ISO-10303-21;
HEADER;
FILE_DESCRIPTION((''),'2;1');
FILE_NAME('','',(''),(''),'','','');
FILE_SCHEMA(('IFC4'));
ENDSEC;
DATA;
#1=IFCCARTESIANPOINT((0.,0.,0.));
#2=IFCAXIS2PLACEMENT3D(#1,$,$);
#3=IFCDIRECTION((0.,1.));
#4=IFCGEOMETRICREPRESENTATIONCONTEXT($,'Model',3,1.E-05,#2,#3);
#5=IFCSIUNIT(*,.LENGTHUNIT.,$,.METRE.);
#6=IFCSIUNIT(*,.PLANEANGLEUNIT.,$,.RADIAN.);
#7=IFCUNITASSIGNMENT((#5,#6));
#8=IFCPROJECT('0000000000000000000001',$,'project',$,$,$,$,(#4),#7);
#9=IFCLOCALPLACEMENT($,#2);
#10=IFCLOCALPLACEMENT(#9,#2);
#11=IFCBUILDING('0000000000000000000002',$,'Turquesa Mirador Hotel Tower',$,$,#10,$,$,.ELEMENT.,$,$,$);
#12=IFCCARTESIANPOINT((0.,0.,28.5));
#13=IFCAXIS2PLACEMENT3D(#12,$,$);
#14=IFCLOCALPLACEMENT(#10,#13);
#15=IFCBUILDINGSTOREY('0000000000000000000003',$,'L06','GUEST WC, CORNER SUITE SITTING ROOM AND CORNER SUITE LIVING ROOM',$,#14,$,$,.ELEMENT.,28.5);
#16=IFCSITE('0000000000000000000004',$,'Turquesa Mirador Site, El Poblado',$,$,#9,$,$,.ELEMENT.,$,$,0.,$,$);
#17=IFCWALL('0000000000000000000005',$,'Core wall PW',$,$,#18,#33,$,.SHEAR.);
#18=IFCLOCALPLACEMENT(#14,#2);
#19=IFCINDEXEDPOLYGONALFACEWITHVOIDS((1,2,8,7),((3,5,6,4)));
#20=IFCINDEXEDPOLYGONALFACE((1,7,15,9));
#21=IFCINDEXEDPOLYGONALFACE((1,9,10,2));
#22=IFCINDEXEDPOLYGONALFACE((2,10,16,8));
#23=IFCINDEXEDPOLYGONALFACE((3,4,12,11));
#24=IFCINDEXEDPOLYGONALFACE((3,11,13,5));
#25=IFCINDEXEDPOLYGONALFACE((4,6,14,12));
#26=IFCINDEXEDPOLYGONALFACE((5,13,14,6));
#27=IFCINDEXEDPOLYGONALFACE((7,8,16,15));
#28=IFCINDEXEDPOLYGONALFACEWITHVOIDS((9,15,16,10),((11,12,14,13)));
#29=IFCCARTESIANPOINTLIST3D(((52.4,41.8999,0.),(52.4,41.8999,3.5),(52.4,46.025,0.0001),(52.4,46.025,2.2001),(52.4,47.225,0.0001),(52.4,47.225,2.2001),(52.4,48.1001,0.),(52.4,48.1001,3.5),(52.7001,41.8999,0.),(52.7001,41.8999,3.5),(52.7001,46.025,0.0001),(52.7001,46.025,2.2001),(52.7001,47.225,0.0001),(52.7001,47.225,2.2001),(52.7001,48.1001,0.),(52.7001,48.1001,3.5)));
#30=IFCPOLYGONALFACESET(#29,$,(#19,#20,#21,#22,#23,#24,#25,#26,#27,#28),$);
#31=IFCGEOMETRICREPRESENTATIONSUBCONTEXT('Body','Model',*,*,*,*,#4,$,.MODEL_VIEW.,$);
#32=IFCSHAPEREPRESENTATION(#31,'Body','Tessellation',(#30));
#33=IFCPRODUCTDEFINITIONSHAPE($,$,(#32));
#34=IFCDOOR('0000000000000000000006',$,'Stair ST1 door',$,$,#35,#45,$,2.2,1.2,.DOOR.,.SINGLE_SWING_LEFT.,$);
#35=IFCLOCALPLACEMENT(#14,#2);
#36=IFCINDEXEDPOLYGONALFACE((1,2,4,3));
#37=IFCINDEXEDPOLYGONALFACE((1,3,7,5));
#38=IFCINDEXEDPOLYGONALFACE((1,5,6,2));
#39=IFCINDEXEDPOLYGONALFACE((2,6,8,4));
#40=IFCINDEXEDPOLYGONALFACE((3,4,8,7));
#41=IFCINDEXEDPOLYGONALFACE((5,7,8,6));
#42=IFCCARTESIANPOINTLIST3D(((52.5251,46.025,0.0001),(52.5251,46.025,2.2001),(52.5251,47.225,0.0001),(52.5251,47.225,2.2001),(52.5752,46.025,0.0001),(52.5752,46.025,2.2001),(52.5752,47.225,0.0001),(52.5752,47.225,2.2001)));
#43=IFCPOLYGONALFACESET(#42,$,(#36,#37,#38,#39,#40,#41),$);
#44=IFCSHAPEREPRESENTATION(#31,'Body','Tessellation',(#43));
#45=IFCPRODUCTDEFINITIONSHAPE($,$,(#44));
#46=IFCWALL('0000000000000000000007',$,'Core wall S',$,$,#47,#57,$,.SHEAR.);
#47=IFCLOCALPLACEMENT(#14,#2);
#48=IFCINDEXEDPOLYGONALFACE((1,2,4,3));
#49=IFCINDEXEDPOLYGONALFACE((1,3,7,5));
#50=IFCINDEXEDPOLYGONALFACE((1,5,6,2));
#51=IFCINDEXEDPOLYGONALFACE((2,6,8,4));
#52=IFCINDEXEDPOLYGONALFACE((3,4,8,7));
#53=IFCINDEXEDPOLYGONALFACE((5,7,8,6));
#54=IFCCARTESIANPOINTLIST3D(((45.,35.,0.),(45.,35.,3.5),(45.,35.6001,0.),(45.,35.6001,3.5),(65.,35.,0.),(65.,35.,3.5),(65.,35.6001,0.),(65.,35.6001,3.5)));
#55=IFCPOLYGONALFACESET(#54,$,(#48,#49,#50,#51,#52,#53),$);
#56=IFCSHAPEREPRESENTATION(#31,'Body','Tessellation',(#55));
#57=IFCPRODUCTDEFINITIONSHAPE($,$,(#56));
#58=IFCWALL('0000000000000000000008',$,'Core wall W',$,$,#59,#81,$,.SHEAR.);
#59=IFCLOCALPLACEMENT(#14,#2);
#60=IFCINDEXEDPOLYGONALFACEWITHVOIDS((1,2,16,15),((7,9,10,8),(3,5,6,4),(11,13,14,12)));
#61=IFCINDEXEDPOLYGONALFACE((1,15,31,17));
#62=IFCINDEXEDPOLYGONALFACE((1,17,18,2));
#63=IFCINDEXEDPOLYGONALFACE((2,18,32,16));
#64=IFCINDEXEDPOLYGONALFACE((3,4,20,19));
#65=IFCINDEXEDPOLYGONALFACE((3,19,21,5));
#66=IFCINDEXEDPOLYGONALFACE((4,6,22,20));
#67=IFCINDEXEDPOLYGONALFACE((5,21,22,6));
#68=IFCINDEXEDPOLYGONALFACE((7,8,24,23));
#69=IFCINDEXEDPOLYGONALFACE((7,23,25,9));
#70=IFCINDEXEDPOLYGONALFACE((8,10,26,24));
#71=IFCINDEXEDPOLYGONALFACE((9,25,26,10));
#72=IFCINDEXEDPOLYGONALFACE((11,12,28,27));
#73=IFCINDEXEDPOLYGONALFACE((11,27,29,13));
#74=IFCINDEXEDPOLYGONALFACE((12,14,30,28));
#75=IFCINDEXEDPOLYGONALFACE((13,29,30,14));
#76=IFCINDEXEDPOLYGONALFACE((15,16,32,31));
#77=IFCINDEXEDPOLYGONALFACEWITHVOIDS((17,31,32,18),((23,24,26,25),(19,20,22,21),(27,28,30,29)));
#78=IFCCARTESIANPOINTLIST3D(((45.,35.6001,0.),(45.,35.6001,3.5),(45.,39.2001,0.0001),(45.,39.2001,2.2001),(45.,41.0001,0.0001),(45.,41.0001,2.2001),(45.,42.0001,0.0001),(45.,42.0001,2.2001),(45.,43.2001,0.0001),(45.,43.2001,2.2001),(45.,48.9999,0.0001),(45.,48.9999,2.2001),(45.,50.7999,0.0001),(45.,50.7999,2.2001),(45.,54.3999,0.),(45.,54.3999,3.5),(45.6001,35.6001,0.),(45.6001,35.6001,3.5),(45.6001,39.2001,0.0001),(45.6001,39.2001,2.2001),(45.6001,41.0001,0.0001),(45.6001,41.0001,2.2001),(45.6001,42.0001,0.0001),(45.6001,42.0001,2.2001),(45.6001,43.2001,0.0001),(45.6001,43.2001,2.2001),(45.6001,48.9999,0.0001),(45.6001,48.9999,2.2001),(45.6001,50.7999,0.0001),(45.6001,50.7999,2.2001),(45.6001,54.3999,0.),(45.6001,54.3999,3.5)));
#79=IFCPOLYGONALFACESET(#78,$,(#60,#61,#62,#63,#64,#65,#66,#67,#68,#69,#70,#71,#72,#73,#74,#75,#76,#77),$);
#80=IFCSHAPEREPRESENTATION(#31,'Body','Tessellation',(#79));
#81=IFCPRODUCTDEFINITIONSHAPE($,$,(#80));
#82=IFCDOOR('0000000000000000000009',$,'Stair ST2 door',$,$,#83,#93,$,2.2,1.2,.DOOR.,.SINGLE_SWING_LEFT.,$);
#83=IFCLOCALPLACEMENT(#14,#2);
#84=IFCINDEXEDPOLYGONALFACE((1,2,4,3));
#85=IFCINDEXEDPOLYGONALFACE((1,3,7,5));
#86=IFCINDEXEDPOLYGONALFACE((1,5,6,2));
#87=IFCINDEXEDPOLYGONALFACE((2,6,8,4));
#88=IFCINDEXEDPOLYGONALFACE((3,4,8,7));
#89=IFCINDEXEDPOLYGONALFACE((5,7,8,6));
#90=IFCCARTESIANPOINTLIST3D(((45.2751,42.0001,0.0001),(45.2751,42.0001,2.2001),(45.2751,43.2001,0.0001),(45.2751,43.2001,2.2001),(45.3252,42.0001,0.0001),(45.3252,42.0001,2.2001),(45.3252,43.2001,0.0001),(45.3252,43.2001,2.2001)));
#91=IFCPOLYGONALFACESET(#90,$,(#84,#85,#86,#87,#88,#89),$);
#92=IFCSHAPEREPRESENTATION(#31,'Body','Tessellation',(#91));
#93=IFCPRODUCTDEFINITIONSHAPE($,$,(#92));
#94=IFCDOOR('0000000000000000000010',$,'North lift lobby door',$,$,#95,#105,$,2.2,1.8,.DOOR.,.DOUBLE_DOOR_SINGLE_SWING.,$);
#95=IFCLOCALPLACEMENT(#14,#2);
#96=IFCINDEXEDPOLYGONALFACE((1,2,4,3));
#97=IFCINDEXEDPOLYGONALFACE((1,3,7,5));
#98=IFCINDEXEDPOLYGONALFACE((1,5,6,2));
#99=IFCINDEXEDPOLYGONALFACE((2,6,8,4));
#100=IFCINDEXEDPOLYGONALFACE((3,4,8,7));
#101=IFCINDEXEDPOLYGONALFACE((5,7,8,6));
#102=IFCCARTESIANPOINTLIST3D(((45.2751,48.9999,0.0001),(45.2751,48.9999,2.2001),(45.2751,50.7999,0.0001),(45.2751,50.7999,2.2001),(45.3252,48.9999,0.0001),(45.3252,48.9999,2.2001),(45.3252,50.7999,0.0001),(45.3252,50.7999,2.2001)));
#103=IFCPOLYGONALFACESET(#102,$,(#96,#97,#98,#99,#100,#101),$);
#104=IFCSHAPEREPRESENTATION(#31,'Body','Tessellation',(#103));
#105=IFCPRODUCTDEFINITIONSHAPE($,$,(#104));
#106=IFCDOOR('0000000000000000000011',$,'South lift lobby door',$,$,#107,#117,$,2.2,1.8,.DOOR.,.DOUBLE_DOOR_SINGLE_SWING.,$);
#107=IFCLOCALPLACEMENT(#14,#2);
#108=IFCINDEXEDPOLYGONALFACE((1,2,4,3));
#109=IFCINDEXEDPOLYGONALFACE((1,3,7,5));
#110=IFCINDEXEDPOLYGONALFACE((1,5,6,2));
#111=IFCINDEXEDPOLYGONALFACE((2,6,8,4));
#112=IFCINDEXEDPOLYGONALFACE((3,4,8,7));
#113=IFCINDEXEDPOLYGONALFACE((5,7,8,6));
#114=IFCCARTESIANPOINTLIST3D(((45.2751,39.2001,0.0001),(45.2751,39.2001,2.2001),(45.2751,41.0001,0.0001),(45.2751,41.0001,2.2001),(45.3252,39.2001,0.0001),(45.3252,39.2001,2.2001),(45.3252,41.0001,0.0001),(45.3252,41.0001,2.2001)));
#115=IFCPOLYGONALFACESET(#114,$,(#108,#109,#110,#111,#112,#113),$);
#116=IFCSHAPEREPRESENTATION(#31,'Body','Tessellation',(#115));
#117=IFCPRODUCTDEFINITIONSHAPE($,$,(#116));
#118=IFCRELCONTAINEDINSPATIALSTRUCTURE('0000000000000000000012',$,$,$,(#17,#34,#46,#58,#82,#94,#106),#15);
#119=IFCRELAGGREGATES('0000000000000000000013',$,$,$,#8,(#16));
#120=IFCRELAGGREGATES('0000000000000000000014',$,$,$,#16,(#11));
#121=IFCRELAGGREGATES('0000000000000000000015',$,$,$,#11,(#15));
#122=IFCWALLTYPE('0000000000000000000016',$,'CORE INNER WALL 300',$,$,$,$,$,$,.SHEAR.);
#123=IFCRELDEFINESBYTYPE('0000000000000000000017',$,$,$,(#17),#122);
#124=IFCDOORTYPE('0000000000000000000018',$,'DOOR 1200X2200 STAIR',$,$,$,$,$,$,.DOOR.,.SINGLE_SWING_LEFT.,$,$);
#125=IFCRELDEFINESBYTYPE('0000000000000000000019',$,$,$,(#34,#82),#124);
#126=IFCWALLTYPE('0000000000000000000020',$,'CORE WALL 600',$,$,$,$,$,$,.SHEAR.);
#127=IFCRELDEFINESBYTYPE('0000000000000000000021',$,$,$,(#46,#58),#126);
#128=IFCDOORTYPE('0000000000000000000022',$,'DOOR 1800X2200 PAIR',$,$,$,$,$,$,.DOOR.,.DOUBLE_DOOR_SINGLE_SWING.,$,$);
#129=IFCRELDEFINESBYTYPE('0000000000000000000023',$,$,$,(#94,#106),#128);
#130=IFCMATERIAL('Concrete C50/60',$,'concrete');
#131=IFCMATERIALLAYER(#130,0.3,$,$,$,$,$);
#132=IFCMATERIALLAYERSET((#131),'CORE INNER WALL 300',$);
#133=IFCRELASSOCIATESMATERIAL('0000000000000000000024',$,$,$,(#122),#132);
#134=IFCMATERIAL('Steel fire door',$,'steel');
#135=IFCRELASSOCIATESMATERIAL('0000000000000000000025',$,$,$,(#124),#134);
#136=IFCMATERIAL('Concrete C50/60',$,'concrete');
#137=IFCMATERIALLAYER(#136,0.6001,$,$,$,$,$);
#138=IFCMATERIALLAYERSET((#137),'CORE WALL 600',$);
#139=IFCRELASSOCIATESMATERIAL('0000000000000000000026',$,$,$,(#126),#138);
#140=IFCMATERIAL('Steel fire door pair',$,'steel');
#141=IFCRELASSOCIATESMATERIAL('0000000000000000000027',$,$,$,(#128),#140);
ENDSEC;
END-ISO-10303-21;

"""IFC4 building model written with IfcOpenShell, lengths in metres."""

from ifc_helpers import new_model, si_unit, direction, frame, frame_2d, origin, place, context, subcontext, project, spatial, rectangle, extrude, material, layer, layer_set, type_object, element, fill, save


model = new_model("IFC4")

# Units and contexts
model_context = context("Model", 3, precision=1e-05, world=origin(), true_north=direction((0.0, 1.0)))
body_context = subcontext(model_context, "Body", "Model", "MODEL_VIEW")
ifc_project = project(units=[si_unit("LENGTHUNIT", "METRE"), si_unit("PLANEANGLEUNIT", "RADIAN")], contexts=[model_context])

# Site, building, storey
site_placement = place(None, origin())
site = spatial("IfcSite", under=ifc_project, at=site_placement, Name="Turquesa Mirador Site, El Poblado", CompositionType="ELEMENT", RefElevation=0.0)
building_placement = place(site_placement, origin())
building = spatial("IfcBuilding", under=site, at=building_placement, Name="Turquesa Mirador Hotel Tower", CompositionType="ELEMENT")
storey_placement = place(building_placement, frame((0.0, 0.0, 28.5)))
storey = spatial("IfcBuildingStorey", under=building, at=storey_placement, Name="L06", Description="GUEST WC, CORNER SUITE SITTING ROOM AND CORNER SUITE LIVING ROOM", CompositionType="ELEMENT", Elevation=28.5)

# Shared definitions
ifc_material_1 = material(Name="Concrete C50/60", Category="concrete")
ifc_layer_1 = layer(ifc_material_1, 0.3)
ifc_layer_set_1 = layer_set([ifc_layer_1], Name="CORE INNER WALL 300")
wall_type_1 = type_object("IfcWallType", Name="CORE INNER WALL 300", PredefinedType="SHEAR", material=ifc_layer_set_1)

# Wall, opening, door
wall_1_placement = place(storey_placement, frame((52.55, 41.8999, 0.0), z_axis=(0.0, 0.0, 1.0), x_axis=(0.0, 1.0, 0.0)))
wall_1 = element("IfcWall", 1, at=wall_1_placement, inside=storey, type_object=wall_type_1, Name="Core wall PW", PredefinedType="SHEAR", context=body_context, shape_type="SweptSolid", body=[
    extrude(rectangle(XDim=6.2002, YDim=0.3, at=frame_2d((3.1001, 0.0))), origin(), (0.0, 0.0, 1.0), 3.5),
])
opening_1_placement = place(wall_1_placement, frame((4.125, 0.0, 0.0)))
opening_1 = element("IfcOpeningElement", 2, at=opening_1_placement, cuts=wall_1, PredefinedType="OPENING", context=body_context, shape_type="SweptSolid", body=[
    extrude(rectangle(XDim=1.2, YDim=2.2, at=frame_2d((0.6001, 1.1001))), frame((0.0, 0.1599, 0.0), z_axis=(0.0, -1.0, 0.0), x_axis=(1.0, 0.0, 0.0)), (0.0, 0.0, 1.0), 0.3201),
])
ifc_material_2 = material(Name="Steel fire door", Category="steel")
door_type_1 = type_object("IfcDoorType", Name="DOOR 1200X2200 STAIR", OperationType="SINGLE_SWING_LEFT", PredefinedType="DOOR", material=ifc_material_2)
door_1_placement = place(opening_1_placement, origin())
door_1 = element("IfcDoor", 3, at=door_1_placement, inside=storey, type_object=door_type_1, Name="Stair ST1 door", OperationType="SINGLE_SWING_LEFT", OverallHeight=2.2, OverallWidth=1.2, PredefinedType="DOOR", context=body_context, shape_type="SweptSolid", body=[
    extrude(rectangle(XDim=1.2, YDim=2.2, at=frame_2d((0.6001, 1.1001))), frame((0.0, 0.0249, 0.0), z_axis=(0.0, -1.0, 0.0), x_axis=(1.0, 0.0, 0.0)), (0.0, 0.0, 1.0), 0.05),
])
fill(opening_1, door_1)

# Wall
ifc_material_3 = material(Name="Concrete C50/60", Category="concrete")
ifc_layer_2 = layer(ifc_material_3, 0.6001)
ifc_layer_set_2 = layer_set([ifc_layer_2], Name="CORE WALL 600")
wall_type_2 = type_object("IfcWallType", Name="CORE WALL 600", PredefinedType="SHEAR", material=ifc_layer_set_2)
wall_2_placement = place(storey_placement, frame((45.0, 35.3, 0.0), z_axis=(0.0, 0.0, 1.0), x_axis=(1.0, 0.0, 0.0)))
element("IfcWall", 4, at=wall_2_placement, inside=storey, type_object=wall_type_2, Name="Core wall S", PredefinedType="SHEAR", context=body_context, shape_type="SweptSolid", body=[
    extrude(rectangle(XDim=20.0, YDim=0.6001, at=frame_2d((10.0, 0.0))), origin(), (0.0, 0.0, 1.0), 3.5),
])

# Wall, openings, doors
wall_3_placement = place(storey_placement, frame((45.3, 35.6001, 0.0), z_axis=(0.0, 0.0, 1.0), x_axis=(0.0, 1.0, 0.0)))
wall_3 = element("IfcWall", 5, at=wall_3_placement, inside=storey, type_object=wall_type_2, Name="Core wall W", PredefinedType="SHEAR", context=body_context, shape_type="SweptSolid", body=[
    extrude(rectangle(XDim=18.7998, YDim=0.6001, at=frame_2d((9.3999, 0.0))), origin(), (0.0, 0.0, 1.0), 3.5),
])
opening_2_placement = place(wall_3_placement, frame((13.3999, 0.0, 0.0)))
opening_2 = element("IfcOpeningElement", 6, at=opening_2_placement, cuts=wall_3, PredefinedType="OPENING", context=body_context, shape_type="SweptSolid", body=[
    extrude(rectangle(XDim=1.8, YDim=2.2, at=frame_2d((0.8999, 1.1001))), frame((0.0, 0.3101, 0.0), z_axis=(0.0, -1.0, 0.0), x_axis=(1.0, 0.0, 0.0)), (0.0, 0.0, 1.0), 0.6201),
])
opening_3_placement = place(wall_3_placement, frame((3.6001, 0.0, 0.0)))
opening_3 = element("IfcOpeningElement", 7, at=opening_3_placement, cuts=wall_3, PredefinedType="OPENING", context=body_context, shape_type="SweptSolid", body=[
    extrude(rectangle(XDim=1.8, YDim=2.2, at=frame_2d((0.8999, 1.1001))), frame((0.0, 0.3101, 0.0), z_axis=(0.0, -1.0, 0.0), x_axis=(1.0, 0.0, 0.0)), (0.0, 0.0, 1.0), 0.6201),
])
opening_4_placement = place(wall_3_placement, frame((6.3999, 0.0, 0.0)))
opening_4 = element("IfcOpeningElement", 8, at=opening_4_placement, cuts=wall_3, PredefinedType="OPENING", context=body_context, shape_type="SweptSolid", body=[
    extrude(rectangle(XDim=1.2, YDim=2.2, at=frame_2d((0.6001, 1.1001))), frame((0.0, 0.3101, 0.0), z_axis=(0.0, -1.0, 0.0), x_axis=(1.0, 0.0, 0.0)), (0.0, 0.0, 1.0), 0.6201),
])
door_2_placement = place(opening_4_placement, origin())
door_2 = element("IfcDoor", 9, at=door_2_placement, inside=storey, type_object=door_type_1, Name="Stair ST2 door", OperationType="SINGLE_SWING_LEFT", OverallHeight=2.2, OverallWidth=1.2, PredefinedType="DOOR", context=body_context, shape_type="SweptSolid", body=[
    extrude(rectangle(XDim=1.2, YDim=2.2, at=frame_2d((0.6001, 1.1001))), frame((0.0, 0.0249, 0.0), z_axis=(0.0, -1.0, 0.0), x_axis=(1.0, 0.0, 0.0)), (0.0, 0.0, 1.0), 0.05),
])
fill(opening_4, door_2)
ifc_material_4 = material(Name="Steel fire door pair", Category="steel")
door_type_2 = type_object("IfcDoorType", Name="DOOR 1800X2200 PAIR", OperationType="DOUBLE_DOOR_SINGLE_SWING", PredefinedType="DOOR", material=ifc_material_4)
door_3_placement = place(opening_2_placement, origin())
door_3 = element("IfcDoor", 10, at=door_3_placement, inside=storey, type_object=door_type_2, Name="North lift lobby door", OperationType="DOUBLE_DOOR_SINGLE_SWING", OverallHeight=2.2, OverallWidth=1.8, PredefinedType="DOOR", context=body_context, shape_type="SweptSolid", body=[
    extrude(rectangle(XDim=1.8, YDim=2.2, at=frame_2d((0.8999, 1.1001))), frame((0.0, 0.0249, 0.0), z_axis=(0.0, -1.0, 0.0), x_axis=(1.0, 0.0, 0.0)), (0.0, 0.0, 1.0), 0.05),
])
fill(opening_2, door_3)
door_4_placement = place(opening_3_placement, origin())
door_4 = element("IfcDoor", 11, at=door_4_placement, inside=storey, type_object=door_type_2, Name="South lift lobby door", OperationType="DOUBLE_DOOR_SINGLE_SWING", OverallHeight=2.2, OverallWidth=1.8, PredefinedType="DOOR", context=body_context, shape_type="SweptSolid", body=[
    extrude(rectangle(XDim=1.8, YDim=2.2, at=frame_2d((0.8999, 1.1001))), frame((0.0, 0.0249, 0.0), z_axis=(0.0, -1.0, 0.0), x_axis=(1.0, 0.0, 0.0)), (0.0, 0.0, 1.0), 0.05),
])
fill(opening_3, door_4)

save(model, "model.ifc")
